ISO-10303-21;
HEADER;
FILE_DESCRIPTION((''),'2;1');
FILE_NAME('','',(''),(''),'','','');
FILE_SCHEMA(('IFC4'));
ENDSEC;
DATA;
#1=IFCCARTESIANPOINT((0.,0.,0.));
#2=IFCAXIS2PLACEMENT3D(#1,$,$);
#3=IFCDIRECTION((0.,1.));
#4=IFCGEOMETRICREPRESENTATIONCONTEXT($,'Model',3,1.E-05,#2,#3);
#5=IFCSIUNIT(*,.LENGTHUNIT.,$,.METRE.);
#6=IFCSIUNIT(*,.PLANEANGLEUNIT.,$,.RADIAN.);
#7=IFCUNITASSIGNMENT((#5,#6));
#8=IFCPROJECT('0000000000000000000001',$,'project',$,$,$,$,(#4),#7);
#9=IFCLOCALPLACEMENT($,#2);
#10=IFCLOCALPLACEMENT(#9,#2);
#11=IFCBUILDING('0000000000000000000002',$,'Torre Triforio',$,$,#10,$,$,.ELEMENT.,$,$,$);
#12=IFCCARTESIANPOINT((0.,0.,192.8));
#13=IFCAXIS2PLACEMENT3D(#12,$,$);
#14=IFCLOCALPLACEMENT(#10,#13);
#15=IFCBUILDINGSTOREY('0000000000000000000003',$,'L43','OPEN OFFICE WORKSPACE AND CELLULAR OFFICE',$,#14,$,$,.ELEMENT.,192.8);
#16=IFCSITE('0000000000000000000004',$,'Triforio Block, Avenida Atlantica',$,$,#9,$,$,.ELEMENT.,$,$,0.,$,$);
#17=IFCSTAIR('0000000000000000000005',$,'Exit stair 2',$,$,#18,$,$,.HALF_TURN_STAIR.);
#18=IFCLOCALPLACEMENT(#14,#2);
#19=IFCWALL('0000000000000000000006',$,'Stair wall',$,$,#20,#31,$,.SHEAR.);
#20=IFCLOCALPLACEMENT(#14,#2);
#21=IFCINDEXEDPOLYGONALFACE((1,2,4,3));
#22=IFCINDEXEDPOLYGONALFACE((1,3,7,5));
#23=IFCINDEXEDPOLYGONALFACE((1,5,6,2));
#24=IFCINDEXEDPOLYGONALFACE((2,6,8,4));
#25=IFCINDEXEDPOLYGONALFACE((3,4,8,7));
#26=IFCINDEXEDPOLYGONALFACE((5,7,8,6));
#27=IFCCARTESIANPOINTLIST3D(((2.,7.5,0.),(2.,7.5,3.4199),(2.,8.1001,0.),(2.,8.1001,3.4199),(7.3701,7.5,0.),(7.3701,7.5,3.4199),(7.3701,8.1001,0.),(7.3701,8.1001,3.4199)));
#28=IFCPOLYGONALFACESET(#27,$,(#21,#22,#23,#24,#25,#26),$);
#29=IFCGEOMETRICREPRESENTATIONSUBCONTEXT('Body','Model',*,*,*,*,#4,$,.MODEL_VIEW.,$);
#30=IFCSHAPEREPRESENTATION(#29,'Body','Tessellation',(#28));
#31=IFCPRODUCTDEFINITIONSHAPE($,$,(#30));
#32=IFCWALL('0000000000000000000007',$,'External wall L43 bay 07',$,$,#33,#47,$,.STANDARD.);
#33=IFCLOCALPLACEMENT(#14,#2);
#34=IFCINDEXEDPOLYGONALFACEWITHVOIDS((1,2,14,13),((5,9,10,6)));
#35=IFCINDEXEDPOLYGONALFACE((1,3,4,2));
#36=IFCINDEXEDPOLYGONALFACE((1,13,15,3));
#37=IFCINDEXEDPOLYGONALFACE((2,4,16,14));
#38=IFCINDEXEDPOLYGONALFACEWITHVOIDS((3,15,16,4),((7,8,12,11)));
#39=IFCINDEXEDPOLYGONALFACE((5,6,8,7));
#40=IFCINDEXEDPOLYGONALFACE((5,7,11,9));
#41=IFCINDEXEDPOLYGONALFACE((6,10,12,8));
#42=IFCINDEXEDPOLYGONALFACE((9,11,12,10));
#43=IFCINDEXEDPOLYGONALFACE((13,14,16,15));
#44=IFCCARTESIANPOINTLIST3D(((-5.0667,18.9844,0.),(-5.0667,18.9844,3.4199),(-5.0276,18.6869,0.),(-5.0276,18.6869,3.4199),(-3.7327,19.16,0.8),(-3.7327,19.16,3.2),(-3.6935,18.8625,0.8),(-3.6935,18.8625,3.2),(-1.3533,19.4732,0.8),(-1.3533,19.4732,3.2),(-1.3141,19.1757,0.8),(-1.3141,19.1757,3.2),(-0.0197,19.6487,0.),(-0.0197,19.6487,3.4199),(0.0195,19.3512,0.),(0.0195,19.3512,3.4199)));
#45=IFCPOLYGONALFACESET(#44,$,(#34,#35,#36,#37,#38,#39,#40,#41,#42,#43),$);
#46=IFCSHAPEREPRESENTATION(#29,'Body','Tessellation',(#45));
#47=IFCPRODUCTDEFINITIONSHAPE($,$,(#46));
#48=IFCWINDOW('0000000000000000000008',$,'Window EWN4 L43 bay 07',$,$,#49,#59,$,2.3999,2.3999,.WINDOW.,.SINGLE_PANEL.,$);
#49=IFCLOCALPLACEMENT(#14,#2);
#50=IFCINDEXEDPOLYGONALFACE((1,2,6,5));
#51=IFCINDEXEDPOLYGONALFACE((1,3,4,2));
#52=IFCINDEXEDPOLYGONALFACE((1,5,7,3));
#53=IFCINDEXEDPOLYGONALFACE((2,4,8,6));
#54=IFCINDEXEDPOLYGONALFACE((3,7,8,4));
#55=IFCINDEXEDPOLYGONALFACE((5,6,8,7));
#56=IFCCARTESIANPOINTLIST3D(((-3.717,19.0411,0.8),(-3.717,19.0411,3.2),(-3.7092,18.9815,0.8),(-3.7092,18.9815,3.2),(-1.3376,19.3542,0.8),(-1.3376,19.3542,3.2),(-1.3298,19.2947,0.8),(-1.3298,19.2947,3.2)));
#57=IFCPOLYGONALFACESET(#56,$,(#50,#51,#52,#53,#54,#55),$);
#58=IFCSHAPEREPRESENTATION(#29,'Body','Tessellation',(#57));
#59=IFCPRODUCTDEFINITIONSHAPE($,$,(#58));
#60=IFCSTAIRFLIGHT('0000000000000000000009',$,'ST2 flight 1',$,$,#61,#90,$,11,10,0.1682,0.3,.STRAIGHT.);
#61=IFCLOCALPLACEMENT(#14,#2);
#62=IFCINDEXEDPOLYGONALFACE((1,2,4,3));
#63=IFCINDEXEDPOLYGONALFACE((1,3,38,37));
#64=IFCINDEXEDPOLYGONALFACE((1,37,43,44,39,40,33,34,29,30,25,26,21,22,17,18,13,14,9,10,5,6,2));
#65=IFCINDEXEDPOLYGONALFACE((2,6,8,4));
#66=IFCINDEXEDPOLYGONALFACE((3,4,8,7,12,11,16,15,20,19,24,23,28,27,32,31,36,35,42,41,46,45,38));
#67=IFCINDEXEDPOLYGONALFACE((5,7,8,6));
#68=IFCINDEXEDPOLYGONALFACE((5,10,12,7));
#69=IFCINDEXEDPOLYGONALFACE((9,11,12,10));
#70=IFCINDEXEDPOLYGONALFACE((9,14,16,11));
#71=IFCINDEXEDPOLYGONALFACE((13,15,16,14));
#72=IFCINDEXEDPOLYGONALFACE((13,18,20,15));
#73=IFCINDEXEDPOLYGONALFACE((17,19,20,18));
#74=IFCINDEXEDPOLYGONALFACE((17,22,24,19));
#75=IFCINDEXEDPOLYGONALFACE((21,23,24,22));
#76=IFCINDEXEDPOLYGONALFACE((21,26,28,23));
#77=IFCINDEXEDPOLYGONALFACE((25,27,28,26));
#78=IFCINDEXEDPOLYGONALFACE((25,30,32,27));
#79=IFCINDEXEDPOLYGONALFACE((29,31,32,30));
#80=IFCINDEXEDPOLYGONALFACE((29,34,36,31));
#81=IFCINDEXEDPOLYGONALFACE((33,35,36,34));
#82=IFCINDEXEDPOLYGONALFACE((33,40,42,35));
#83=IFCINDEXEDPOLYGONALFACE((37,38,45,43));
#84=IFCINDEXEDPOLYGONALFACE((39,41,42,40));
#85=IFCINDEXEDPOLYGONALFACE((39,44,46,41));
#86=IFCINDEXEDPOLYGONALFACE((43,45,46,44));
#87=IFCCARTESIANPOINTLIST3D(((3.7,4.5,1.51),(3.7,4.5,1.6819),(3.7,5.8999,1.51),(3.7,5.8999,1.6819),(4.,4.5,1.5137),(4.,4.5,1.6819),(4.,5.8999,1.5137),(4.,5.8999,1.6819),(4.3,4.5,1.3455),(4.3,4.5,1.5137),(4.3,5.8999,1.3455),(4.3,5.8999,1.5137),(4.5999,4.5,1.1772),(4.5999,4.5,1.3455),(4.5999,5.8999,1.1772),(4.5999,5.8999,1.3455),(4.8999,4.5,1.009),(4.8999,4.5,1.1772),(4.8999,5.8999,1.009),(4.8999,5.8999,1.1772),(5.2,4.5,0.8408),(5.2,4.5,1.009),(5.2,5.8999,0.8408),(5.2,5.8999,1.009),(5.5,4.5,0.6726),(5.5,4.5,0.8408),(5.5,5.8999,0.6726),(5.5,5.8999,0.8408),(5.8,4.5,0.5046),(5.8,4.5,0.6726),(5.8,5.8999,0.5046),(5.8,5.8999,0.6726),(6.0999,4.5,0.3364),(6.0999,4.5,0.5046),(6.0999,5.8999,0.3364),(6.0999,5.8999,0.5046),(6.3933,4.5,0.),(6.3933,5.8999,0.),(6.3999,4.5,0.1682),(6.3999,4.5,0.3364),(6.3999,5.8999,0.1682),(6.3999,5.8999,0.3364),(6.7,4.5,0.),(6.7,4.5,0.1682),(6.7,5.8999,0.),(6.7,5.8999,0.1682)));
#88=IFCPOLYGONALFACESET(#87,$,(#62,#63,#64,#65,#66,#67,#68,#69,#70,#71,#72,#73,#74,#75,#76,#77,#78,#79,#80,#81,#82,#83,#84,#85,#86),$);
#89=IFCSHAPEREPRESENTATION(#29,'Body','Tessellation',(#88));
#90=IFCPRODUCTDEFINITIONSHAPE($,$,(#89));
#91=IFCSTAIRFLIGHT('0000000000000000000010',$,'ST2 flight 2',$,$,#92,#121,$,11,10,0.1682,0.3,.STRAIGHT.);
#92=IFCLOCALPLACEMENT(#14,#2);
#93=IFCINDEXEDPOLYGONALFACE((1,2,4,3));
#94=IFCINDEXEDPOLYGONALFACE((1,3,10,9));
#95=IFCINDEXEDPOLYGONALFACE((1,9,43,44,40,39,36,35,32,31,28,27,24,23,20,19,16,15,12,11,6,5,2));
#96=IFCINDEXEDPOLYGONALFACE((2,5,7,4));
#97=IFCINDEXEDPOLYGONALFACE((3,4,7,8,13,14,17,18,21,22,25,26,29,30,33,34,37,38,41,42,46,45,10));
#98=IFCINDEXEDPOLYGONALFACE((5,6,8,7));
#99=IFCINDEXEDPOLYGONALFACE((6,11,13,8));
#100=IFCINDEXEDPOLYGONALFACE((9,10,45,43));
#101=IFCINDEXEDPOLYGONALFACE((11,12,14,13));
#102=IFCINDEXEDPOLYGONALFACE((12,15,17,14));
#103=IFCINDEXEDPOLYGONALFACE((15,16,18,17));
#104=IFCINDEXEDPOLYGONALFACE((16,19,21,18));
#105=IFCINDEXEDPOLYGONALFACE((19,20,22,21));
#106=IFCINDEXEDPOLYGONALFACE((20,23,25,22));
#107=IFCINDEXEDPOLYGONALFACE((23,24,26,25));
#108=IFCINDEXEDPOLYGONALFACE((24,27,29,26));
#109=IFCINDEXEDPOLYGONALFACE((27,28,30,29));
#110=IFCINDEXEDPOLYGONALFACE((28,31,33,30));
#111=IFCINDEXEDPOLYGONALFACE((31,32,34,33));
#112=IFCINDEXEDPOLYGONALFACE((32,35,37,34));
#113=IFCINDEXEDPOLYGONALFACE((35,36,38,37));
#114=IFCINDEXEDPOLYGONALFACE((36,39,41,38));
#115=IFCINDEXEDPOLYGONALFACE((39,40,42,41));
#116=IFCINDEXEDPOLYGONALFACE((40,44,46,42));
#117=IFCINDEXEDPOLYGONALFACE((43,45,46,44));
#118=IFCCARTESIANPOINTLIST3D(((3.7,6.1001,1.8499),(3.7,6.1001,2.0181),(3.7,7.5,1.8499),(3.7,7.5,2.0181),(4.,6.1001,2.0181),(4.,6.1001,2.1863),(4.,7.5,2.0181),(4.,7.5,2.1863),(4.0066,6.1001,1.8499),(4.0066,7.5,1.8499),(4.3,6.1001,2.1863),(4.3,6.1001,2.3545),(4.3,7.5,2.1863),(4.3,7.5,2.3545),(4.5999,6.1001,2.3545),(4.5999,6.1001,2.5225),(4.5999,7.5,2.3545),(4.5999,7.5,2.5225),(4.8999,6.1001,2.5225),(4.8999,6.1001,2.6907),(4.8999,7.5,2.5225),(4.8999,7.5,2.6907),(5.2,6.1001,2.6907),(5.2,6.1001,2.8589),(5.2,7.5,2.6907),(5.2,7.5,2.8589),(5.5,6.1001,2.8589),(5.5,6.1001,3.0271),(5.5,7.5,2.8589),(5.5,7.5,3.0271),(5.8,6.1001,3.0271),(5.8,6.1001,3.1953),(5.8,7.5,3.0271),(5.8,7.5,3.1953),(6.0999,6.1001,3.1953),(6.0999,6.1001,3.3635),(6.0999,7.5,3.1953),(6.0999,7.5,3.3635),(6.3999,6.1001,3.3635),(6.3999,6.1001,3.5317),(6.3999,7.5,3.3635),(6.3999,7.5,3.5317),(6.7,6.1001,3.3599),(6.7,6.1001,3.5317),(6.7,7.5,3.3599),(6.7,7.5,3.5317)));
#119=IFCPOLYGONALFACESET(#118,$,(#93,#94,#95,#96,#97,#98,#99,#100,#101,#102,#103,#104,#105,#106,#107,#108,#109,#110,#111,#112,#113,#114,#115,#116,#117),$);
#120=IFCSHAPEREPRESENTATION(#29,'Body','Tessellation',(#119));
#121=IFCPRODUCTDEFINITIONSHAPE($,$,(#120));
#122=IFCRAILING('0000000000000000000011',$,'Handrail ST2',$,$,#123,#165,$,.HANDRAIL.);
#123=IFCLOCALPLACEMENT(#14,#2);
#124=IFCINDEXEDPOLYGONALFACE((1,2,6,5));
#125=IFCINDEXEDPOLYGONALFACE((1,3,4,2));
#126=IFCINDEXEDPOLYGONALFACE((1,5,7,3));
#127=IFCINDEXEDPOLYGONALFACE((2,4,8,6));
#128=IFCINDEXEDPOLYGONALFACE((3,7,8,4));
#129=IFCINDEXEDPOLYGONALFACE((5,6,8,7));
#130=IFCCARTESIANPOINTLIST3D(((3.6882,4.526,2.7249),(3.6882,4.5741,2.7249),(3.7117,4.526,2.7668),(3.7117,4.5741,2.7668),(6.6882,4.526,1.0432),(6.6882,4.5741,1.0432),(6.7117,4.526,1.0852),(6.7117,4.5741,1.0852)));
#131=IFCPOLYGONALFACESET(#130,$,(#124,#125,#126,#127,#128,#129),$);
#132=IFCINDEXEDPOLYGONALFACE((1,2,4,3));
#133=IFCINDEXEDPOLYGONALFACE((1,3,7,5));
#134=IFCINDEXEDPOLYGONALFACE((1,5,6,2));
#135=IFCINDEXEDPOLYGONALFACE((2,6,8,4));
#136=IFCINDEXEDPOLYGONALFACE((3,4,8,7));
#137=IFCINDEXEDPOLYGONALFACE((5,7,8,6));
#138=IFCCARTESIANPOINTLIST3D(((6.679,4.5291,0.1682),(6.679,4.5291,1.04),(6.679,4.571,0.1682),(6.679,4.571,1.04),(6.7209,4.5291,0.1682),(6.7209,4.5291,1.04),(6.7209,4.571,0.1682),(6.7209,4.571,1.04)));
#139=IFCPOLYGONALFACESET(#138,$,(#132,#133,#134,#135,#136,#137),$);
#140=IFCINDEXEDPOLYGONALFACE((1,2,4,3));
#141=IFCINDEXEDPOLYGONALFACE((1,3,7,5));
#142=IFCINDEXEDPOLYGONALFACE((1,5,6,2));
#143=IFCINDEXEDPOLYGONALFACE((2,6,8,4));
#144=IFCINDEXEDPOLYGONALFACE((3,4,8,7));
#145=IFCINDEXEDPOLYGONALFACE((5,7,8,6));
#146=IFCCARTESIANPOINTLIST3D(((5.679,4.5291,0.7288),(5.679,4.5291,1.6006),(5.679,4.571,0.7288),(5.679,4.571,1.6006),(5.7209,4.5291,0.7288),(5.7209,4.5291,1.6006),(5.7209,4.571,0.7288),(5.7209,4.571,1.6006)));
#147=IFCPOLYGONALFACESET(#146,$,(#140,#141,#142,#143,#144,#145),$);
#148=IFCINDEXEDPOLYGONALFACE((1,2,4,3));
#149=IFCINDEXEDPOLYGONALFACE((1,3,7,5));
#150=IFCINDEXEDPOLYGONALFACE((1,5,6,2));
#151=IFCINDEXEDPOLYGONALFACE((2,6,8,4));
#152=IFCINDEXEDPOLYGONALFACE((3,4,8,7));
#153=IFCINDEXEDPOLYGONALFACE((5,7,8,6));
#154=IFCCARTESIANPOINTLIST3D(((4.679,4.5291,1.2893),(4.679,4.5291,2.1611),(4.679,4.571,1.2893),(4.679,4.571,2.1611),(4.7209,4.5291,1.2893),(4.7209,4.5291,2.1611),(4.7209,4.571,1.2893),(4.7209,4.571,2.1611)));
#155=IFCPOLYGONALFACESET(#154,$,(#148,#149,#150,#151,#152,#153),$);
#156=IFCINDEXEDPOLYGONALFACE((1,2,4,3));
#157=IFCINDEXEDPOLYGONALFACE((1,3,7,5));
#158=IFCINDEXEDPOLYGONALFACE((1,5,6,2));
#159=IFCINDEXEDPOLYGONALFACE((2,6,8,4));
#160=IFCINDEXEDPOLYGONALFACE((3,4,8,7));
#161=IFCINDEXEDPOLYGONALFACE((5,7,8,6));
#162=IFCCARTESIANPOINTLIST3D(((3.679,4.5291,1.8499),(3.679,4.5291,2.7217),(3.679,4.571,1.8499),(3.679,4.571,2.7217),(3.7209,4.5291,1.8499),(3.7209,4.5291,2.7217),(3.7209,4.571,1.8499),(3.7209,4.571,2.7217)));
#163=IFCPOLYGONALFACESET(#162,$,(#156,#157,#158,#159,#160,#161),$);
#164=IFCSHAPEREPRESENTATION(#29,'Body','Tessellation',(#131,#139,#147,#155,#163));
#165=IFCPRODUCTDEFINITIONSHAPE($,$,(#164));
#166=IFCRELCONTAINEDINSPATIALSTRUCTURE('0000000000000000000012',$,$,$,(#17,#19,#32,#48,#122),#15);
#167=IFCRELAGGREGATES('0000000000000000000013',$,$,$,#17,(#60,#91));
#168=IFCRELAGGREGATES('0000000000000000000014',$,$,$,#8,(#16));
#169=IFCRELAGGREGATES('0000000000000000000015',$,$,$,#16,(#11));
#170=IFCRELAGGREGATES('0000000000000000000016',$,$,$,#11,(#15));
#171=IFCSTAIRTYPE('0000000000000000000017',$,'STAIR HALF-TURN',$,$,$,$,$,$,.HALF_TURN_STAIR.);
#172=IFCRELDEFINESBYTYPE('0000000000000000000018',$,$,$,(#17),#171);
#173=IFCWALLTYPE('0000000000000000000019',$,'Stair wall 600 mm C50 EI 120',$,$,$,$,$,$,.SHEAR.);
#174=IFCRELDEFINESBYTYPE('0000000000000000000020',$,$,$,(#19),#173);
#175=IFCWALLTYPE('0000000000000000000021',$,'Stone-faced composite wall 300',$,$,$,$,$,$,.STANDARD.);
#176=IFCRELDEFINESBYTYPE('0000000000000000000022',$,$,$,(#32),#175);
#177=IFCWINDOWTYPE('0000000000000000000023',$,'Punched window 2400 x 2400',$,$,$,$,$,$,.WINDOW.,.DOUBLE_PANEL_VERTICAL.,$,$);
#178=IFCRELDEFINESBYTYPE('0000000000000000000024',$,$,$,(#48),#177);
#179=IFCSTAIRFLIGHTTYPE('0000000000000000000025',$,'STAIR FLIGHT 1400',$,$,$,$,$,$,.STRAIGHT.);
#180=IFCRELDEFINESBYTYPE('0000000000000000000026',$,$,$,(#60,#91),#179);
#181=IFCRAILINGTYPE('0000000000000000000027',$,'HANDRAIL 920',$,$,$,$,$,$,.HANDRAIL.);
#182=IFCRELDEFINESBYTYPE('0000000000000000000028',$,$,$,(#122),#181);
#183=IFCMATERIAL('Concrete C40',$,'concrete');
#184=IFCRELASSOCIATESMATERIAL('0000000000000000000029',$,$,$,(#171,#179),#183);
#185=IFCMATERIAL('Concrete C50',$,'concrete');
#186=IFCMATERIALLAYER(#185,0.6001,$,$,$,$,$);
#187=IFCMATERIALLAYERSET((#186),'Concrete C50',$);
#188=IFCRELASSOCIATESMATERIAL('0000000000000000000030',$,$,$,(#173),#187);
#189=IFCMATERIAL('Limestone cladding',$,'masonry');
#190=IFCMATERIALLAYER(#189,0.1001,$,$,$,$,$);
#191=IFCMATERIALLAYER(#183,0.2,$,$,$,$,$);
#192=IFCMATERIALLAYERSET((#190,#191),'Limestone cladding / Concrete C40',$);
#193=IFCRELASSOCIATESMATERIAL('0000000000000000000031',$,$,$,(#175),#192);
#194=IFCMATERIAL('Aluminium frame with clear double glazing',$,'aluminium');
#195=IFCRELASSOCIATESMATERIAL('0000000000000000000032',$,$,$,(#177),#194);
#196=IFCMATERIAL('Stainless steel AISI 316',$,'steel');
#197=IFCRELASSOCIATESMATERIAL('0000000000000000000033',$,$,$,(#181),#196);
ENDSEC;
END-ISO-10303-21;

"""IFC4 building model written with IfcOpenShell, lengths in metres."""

from ifc_helpers import new_model, si_unit, direction, frame, frame_2d, origin, origin_2d, place, context, subcontext, project, spatial, polyline, rectangle, outline, extrude, material, layer, layer_set, type_object, element, fill, aggregate, save


model = new_model("IFC4")

# Units and contexts
model_context = context("Model", 3, precision=1e-05, world=origin(), true_north=direction((0.0, 1.0)))
body_context = subcontext(model_context, "Body", "Model", "MODEL_VIEW")
ifc_project = project(units=[si_unit("LENGTHUNIT", "METRE"), si_unit("PLANEANGLEUNIT", "RADIAN")], contexts=[model_context])

# Site, building, storey
site_placement = place(None, origin())
site = spatial("IfcSite", under=ifc_project, at=site_placement, Name="Triforio Block, Avenida Atlantica", CompositionType="ELEMENT", RefElevation=0.0)
building_placement = place(site_placement, origin())
building = spatial("IfcBuilding", under=site, at=building_placement, Name="Torre Triforio", CompositionType="ELEMENT")
storey_placement = place(building_placement, frame((0.0, 0.0, 192.8)))
storey = spatial("IfcBuildingStorey", under=building, at=storey_placement, Name="L43", Description="OPEN OFFICE WORKSPACE AND CELLULAR OFFICE", CompositionType="ELEMENT", Elevation=192.8)

# Shared definitions
ifc_material_1 = material(Name="Concrete C50", Category="concrete")

# Shared definitions
ifc_material_2 = material(Name="Concrete C40", Category="concrete")

# Stair
stair_type = type_object("IfcStairType", Name="STAIR HALF-TURN", PredefinedType="HALF_TURN_STAIR", material=ifc_material_2)
stair_1_placement = place(storey_placement, origin())
stair_1 = element("IfcStair", 1, at=stair_1_placement, inside=storey, type_object=stair_type, Name="Exit stair 2", PredefinedType="HALF_TURN_STAIR")

# Wall
ifc_layer_1 = layer(ifc_material_1, 0.6001)
ifc_layer_set_1 = layer_set([ifc_layer_1], Name="Concrete C50")
wall_type_1 = type_object("IfcWallType", Name="Stair wall 600 mm C50 EI 120", PredefinedType="SHEAR", material=ifc_layer_set_1)
wall_1_placement = place(storey_placement, frame((2.0, 7.8, 0.0), z_axis=(0.0, 0.0, 1.0), x_axis=(1.0, 0.0, 0.0)))
element("IfcWall", 2, at=wall_1_placement, inside=storey, type_object=wall_type_1, Name="Stair wall", PredefinedType="SHEAR", context=body_context, shape_type="SweptSolid", body=[
    extrude(rectangle(XDim=5.3701, YDim=0.6001, at=frame_2d((2.6851, 0.0))), origin(), (0.0, 0.0, 1.0), 3.4199),
])

# Shared definitions
ifc_material_3 = material(Name="Limestone cladding", Category="masonry")
ifc_layer_2 = layer(ifc_material_3, 0.1001)
ifc_layer_3 = layer(ifc_material_2, 0.2)
ifc_layer_set_2 = layer_set([ifc_layer_2, ifc_layer_3], Name="Limestone cladding / Concrete C40")
wall_type_2 = type_object("IfcWallType", Name="Stone-faced composite wall 300", PredefinedType="STANDARD", material=ifc_layer_set_2)
ifc_material_4 = material(Name="Aluminium frame with clear double glazing", Category="aluminium")

# Wall, opening, window
wall_2_placement = place(storey_placement, frame((0.0, 19.5, 0.0), z_axis=(0.0, 0.0, 1.0), x_axis=(-0.991449, -0.130495, 0.0)))
wall_2 = element("IfcWall", 3, at=wall_2_placement, inside=storey, type_object=wall_type_2, Name="External wall L43 bay 07", PredefinedType="STANDARD", context=body_context, shape_type="SweptSolid", body=[
    extrude(rectangle(XDim=5.0906, YDim=0.3, at=frame_2d((2.5454, 0.0))), origin(), (0.0, 0.0, 1.0), 3.4199),
])
opening_1_placement = place(wall_2_placement, frame((1.3452, 0.0, 0.8)))
opening_1 = element("IfcOpeningElement", 4, at=opening_1_placement, cuts=wall_2, PredefinedType="OPENING", context=body_context, shape_type="SweptSolid", body=[
    extrude(rectangle(XDim=2.3999, YDim=2.3999, at=frame_2d((1.2, 1.2))), frame((0.0, 0.1599, 0.0), z_axis=(0.0, -1.0, 0.0), x_axis=(1.0, 0.0, 0.0)), (0.0, 0.0, 1.0), 0.3201),
])
window_type_1 = type_object("IfcWindowType", Name="Punched window 2400 x 2400", PartitioningType="DOUBLE_PANEL_VERTICAL", PredefinedType="WINDOW", material=ifc_material_4)
window_1_placement = place(opening_1_placement, origin())
window_1 = element("IfcWindow", 5, at=window_1_placement, inside=storey, type_object=window_type_1, Name="Window EWN4 L43 bay 07", OverallHeight=2.3999, OverallWidth=2.3999, PartitioningType="SINGLE_PANEL", PredefinedType="WINDOW", context=body_context, shape_type="SweptSolid", body=[
    extrude(rectangle(XDim=2.3999, YDim=2.3999, at=frame_2d((1.2, 1.2))), frame((0.0, 0.03, 0.0), z_axis=(0.0, -1.0, 0.0), x_axis=(1.0, 0.0, 0.0)), (0.0, 0.0, 1.0), 0.0601),
])
fill(opening_1, window_1)

# Stair flights
stair_flight_type = type_object("IfcStairFlightType", Name="STAIR FLIGHT 1400", PredefinedType="STRAIGHT", material=ifc_material_2)
stair_flight_1_placement = place(storey_placement, frame((6.7, 5.2, 0.0), z_axis=(0.0, 0.0, 1.0), x_axis=(-1.0, 0.0, 0.0)))
stair_flight_1 = element("IfcStairFlight", 6, at=stair_flight_1_placement, type_object=stair_flight_type, Name="ST2 flight 1", NumberOfRisers=11, NumberOfTreads=10, PredefinedType="STRAIGHT", RiserHeight=0.1682, TreadLength=0.3, context=body_context, shape_type="SweptSolid", body=[
    extrude(outline(polyline([(0.0, 0.0), (0.0, 0.1682), (0.3, 0.1682), (0.3, 0.3364), (0.6001, 0.3364), (0.6001, 0.5046), (0.8999, 0.5046), (0.8999, 0.6726), (1.2, 0.6726), (1.2, 0.8408), (1.5, 0.8408), (1.5, 1.009), (1.8, 1.009), (1.8, 1.1772), (2.1001, 1.1772), (2.1001, 1.3455), (2.3999, 1.3455), (2.3999, 1.5137), (2.7, 1.5137), (2.7, 1.6819), (3.0, 1.6819), (3.0, 1.8501), (3.0, 1.51), (0.3066, 0.0), (0.0, 0.0)])), frame((0.0, 0.7, 0.0), z_axis=(0.0, -1.0, 0.0), x_axis=(1.0, 0.0, 0.0)), (0.0, 0.0, 1.0), 1.3999),
])
stair_flight_2_placement = place(storey_placement, frame((3.7, 6.8, 1.8499), z_axis=(0.0, 0.0, 1.0), x_axis=(1.0, 0.0, 0.0)))
stair_flight_2 = element("IfcStairFlight", 7, at=stair_flight_2_placement, type_object=stair_flight_type, Name="ST2 flight 2", NumberOfRisers=11, NumberOfTreads=10, PredefinedType="STRAIGHT", RiserHeight=0.1682, TreadLength=0.3, context=body_context, shape_type="SweptSolid", body=[
    extrude(outline(polyline([(0.0, 0.0), (0.0, 0.1682), (0.3, 0.1682), (0.3, 0.3364), (0.6001, 0.3364), (0.6001, 0.5046), (0.8999, 0.5046), (0.8999, 0.6726), (1.2, 0.6726), (1.2, 0.8408), (1.5, 0.8408), (1.5, 1.009), (1.8, 1.009), (1.8, 1.1772), (2.1001, 1.1772), (2.1001, 1.3455), (2.3999, 1.3455), (2.3999, 1.5137), (2.7, 1.5137), (2.7, 1.6819), (3.0, 1.6819), (3.0, 1.8501), (3.0, 1.51), (0.3066, 0.0), (0.0, 0.0)])), frame((0.0, 0.7, 0.0), z_axis=(0.0, -1.0, 0.0), x_axis=(1.0, 0.0, 0.0)), (0.0, 0.0, 1.0), 1.3999),
])
aggregate(stair_1, [stair_flight_1, stair_flight_2])

# Railing
ifc_material_5 = material(Name="Stainless steel AISI 316", Category="steel")
railing_type_1 = type_object("IfcRailingType", Name="HANDRAIL 920", PredefinedType="HANDRAIL", material=ifc_material_5)
for number, where, name in (
    (8, (6.7, 4.55, 0.1682), "Handrail ST2"),
):
    element("IfcRailing", number, at=place(storey_placement, frame(where)), inside=storey, type_object=railing_type_1, Name=name, PredefinedType="HANDRAIL", context=body_context, shape_type="SweptSolid", body=[
        extrude(rectangle(XDim=0.0481, YDim=0.0481, at=origin_2d()), frame((0.0, 0.0, 0.896), z_axis=(-0.872303, 0.0, 0.488966), x_axis=(0.0, -1.0, 0.0)), (0.0, 0.0, 1.0), 3.4392),
        extrude(rectangle(XDim=0.042, YDim=0.042, at=origin_2d()), origin(), (0.0, 0.0, 1.0), 0.8718),
        extrude(rectangle(XDim=0.042, YDim=0.042, at=origin_2d()), frame((-1.0, 0.0, 0.5605)), (0.0, 0.0, 1.0), 0.8718),
        extrude(rectangle(XDim=0.042, YDim=0.042, at=origin_2d()), frame((-2.0, 0.0, 1.1211)), (0.0, 0.0, 1.0), 0.8718),
        extrude(rectangle(XDim=0.042, YDim=0.042, at=origin_2d()), frame((-3.0, 0.0, 1.6816)), (0.0, 0.0, 1.0), 0.8718),
    ])

save(model, "model.ifc")
